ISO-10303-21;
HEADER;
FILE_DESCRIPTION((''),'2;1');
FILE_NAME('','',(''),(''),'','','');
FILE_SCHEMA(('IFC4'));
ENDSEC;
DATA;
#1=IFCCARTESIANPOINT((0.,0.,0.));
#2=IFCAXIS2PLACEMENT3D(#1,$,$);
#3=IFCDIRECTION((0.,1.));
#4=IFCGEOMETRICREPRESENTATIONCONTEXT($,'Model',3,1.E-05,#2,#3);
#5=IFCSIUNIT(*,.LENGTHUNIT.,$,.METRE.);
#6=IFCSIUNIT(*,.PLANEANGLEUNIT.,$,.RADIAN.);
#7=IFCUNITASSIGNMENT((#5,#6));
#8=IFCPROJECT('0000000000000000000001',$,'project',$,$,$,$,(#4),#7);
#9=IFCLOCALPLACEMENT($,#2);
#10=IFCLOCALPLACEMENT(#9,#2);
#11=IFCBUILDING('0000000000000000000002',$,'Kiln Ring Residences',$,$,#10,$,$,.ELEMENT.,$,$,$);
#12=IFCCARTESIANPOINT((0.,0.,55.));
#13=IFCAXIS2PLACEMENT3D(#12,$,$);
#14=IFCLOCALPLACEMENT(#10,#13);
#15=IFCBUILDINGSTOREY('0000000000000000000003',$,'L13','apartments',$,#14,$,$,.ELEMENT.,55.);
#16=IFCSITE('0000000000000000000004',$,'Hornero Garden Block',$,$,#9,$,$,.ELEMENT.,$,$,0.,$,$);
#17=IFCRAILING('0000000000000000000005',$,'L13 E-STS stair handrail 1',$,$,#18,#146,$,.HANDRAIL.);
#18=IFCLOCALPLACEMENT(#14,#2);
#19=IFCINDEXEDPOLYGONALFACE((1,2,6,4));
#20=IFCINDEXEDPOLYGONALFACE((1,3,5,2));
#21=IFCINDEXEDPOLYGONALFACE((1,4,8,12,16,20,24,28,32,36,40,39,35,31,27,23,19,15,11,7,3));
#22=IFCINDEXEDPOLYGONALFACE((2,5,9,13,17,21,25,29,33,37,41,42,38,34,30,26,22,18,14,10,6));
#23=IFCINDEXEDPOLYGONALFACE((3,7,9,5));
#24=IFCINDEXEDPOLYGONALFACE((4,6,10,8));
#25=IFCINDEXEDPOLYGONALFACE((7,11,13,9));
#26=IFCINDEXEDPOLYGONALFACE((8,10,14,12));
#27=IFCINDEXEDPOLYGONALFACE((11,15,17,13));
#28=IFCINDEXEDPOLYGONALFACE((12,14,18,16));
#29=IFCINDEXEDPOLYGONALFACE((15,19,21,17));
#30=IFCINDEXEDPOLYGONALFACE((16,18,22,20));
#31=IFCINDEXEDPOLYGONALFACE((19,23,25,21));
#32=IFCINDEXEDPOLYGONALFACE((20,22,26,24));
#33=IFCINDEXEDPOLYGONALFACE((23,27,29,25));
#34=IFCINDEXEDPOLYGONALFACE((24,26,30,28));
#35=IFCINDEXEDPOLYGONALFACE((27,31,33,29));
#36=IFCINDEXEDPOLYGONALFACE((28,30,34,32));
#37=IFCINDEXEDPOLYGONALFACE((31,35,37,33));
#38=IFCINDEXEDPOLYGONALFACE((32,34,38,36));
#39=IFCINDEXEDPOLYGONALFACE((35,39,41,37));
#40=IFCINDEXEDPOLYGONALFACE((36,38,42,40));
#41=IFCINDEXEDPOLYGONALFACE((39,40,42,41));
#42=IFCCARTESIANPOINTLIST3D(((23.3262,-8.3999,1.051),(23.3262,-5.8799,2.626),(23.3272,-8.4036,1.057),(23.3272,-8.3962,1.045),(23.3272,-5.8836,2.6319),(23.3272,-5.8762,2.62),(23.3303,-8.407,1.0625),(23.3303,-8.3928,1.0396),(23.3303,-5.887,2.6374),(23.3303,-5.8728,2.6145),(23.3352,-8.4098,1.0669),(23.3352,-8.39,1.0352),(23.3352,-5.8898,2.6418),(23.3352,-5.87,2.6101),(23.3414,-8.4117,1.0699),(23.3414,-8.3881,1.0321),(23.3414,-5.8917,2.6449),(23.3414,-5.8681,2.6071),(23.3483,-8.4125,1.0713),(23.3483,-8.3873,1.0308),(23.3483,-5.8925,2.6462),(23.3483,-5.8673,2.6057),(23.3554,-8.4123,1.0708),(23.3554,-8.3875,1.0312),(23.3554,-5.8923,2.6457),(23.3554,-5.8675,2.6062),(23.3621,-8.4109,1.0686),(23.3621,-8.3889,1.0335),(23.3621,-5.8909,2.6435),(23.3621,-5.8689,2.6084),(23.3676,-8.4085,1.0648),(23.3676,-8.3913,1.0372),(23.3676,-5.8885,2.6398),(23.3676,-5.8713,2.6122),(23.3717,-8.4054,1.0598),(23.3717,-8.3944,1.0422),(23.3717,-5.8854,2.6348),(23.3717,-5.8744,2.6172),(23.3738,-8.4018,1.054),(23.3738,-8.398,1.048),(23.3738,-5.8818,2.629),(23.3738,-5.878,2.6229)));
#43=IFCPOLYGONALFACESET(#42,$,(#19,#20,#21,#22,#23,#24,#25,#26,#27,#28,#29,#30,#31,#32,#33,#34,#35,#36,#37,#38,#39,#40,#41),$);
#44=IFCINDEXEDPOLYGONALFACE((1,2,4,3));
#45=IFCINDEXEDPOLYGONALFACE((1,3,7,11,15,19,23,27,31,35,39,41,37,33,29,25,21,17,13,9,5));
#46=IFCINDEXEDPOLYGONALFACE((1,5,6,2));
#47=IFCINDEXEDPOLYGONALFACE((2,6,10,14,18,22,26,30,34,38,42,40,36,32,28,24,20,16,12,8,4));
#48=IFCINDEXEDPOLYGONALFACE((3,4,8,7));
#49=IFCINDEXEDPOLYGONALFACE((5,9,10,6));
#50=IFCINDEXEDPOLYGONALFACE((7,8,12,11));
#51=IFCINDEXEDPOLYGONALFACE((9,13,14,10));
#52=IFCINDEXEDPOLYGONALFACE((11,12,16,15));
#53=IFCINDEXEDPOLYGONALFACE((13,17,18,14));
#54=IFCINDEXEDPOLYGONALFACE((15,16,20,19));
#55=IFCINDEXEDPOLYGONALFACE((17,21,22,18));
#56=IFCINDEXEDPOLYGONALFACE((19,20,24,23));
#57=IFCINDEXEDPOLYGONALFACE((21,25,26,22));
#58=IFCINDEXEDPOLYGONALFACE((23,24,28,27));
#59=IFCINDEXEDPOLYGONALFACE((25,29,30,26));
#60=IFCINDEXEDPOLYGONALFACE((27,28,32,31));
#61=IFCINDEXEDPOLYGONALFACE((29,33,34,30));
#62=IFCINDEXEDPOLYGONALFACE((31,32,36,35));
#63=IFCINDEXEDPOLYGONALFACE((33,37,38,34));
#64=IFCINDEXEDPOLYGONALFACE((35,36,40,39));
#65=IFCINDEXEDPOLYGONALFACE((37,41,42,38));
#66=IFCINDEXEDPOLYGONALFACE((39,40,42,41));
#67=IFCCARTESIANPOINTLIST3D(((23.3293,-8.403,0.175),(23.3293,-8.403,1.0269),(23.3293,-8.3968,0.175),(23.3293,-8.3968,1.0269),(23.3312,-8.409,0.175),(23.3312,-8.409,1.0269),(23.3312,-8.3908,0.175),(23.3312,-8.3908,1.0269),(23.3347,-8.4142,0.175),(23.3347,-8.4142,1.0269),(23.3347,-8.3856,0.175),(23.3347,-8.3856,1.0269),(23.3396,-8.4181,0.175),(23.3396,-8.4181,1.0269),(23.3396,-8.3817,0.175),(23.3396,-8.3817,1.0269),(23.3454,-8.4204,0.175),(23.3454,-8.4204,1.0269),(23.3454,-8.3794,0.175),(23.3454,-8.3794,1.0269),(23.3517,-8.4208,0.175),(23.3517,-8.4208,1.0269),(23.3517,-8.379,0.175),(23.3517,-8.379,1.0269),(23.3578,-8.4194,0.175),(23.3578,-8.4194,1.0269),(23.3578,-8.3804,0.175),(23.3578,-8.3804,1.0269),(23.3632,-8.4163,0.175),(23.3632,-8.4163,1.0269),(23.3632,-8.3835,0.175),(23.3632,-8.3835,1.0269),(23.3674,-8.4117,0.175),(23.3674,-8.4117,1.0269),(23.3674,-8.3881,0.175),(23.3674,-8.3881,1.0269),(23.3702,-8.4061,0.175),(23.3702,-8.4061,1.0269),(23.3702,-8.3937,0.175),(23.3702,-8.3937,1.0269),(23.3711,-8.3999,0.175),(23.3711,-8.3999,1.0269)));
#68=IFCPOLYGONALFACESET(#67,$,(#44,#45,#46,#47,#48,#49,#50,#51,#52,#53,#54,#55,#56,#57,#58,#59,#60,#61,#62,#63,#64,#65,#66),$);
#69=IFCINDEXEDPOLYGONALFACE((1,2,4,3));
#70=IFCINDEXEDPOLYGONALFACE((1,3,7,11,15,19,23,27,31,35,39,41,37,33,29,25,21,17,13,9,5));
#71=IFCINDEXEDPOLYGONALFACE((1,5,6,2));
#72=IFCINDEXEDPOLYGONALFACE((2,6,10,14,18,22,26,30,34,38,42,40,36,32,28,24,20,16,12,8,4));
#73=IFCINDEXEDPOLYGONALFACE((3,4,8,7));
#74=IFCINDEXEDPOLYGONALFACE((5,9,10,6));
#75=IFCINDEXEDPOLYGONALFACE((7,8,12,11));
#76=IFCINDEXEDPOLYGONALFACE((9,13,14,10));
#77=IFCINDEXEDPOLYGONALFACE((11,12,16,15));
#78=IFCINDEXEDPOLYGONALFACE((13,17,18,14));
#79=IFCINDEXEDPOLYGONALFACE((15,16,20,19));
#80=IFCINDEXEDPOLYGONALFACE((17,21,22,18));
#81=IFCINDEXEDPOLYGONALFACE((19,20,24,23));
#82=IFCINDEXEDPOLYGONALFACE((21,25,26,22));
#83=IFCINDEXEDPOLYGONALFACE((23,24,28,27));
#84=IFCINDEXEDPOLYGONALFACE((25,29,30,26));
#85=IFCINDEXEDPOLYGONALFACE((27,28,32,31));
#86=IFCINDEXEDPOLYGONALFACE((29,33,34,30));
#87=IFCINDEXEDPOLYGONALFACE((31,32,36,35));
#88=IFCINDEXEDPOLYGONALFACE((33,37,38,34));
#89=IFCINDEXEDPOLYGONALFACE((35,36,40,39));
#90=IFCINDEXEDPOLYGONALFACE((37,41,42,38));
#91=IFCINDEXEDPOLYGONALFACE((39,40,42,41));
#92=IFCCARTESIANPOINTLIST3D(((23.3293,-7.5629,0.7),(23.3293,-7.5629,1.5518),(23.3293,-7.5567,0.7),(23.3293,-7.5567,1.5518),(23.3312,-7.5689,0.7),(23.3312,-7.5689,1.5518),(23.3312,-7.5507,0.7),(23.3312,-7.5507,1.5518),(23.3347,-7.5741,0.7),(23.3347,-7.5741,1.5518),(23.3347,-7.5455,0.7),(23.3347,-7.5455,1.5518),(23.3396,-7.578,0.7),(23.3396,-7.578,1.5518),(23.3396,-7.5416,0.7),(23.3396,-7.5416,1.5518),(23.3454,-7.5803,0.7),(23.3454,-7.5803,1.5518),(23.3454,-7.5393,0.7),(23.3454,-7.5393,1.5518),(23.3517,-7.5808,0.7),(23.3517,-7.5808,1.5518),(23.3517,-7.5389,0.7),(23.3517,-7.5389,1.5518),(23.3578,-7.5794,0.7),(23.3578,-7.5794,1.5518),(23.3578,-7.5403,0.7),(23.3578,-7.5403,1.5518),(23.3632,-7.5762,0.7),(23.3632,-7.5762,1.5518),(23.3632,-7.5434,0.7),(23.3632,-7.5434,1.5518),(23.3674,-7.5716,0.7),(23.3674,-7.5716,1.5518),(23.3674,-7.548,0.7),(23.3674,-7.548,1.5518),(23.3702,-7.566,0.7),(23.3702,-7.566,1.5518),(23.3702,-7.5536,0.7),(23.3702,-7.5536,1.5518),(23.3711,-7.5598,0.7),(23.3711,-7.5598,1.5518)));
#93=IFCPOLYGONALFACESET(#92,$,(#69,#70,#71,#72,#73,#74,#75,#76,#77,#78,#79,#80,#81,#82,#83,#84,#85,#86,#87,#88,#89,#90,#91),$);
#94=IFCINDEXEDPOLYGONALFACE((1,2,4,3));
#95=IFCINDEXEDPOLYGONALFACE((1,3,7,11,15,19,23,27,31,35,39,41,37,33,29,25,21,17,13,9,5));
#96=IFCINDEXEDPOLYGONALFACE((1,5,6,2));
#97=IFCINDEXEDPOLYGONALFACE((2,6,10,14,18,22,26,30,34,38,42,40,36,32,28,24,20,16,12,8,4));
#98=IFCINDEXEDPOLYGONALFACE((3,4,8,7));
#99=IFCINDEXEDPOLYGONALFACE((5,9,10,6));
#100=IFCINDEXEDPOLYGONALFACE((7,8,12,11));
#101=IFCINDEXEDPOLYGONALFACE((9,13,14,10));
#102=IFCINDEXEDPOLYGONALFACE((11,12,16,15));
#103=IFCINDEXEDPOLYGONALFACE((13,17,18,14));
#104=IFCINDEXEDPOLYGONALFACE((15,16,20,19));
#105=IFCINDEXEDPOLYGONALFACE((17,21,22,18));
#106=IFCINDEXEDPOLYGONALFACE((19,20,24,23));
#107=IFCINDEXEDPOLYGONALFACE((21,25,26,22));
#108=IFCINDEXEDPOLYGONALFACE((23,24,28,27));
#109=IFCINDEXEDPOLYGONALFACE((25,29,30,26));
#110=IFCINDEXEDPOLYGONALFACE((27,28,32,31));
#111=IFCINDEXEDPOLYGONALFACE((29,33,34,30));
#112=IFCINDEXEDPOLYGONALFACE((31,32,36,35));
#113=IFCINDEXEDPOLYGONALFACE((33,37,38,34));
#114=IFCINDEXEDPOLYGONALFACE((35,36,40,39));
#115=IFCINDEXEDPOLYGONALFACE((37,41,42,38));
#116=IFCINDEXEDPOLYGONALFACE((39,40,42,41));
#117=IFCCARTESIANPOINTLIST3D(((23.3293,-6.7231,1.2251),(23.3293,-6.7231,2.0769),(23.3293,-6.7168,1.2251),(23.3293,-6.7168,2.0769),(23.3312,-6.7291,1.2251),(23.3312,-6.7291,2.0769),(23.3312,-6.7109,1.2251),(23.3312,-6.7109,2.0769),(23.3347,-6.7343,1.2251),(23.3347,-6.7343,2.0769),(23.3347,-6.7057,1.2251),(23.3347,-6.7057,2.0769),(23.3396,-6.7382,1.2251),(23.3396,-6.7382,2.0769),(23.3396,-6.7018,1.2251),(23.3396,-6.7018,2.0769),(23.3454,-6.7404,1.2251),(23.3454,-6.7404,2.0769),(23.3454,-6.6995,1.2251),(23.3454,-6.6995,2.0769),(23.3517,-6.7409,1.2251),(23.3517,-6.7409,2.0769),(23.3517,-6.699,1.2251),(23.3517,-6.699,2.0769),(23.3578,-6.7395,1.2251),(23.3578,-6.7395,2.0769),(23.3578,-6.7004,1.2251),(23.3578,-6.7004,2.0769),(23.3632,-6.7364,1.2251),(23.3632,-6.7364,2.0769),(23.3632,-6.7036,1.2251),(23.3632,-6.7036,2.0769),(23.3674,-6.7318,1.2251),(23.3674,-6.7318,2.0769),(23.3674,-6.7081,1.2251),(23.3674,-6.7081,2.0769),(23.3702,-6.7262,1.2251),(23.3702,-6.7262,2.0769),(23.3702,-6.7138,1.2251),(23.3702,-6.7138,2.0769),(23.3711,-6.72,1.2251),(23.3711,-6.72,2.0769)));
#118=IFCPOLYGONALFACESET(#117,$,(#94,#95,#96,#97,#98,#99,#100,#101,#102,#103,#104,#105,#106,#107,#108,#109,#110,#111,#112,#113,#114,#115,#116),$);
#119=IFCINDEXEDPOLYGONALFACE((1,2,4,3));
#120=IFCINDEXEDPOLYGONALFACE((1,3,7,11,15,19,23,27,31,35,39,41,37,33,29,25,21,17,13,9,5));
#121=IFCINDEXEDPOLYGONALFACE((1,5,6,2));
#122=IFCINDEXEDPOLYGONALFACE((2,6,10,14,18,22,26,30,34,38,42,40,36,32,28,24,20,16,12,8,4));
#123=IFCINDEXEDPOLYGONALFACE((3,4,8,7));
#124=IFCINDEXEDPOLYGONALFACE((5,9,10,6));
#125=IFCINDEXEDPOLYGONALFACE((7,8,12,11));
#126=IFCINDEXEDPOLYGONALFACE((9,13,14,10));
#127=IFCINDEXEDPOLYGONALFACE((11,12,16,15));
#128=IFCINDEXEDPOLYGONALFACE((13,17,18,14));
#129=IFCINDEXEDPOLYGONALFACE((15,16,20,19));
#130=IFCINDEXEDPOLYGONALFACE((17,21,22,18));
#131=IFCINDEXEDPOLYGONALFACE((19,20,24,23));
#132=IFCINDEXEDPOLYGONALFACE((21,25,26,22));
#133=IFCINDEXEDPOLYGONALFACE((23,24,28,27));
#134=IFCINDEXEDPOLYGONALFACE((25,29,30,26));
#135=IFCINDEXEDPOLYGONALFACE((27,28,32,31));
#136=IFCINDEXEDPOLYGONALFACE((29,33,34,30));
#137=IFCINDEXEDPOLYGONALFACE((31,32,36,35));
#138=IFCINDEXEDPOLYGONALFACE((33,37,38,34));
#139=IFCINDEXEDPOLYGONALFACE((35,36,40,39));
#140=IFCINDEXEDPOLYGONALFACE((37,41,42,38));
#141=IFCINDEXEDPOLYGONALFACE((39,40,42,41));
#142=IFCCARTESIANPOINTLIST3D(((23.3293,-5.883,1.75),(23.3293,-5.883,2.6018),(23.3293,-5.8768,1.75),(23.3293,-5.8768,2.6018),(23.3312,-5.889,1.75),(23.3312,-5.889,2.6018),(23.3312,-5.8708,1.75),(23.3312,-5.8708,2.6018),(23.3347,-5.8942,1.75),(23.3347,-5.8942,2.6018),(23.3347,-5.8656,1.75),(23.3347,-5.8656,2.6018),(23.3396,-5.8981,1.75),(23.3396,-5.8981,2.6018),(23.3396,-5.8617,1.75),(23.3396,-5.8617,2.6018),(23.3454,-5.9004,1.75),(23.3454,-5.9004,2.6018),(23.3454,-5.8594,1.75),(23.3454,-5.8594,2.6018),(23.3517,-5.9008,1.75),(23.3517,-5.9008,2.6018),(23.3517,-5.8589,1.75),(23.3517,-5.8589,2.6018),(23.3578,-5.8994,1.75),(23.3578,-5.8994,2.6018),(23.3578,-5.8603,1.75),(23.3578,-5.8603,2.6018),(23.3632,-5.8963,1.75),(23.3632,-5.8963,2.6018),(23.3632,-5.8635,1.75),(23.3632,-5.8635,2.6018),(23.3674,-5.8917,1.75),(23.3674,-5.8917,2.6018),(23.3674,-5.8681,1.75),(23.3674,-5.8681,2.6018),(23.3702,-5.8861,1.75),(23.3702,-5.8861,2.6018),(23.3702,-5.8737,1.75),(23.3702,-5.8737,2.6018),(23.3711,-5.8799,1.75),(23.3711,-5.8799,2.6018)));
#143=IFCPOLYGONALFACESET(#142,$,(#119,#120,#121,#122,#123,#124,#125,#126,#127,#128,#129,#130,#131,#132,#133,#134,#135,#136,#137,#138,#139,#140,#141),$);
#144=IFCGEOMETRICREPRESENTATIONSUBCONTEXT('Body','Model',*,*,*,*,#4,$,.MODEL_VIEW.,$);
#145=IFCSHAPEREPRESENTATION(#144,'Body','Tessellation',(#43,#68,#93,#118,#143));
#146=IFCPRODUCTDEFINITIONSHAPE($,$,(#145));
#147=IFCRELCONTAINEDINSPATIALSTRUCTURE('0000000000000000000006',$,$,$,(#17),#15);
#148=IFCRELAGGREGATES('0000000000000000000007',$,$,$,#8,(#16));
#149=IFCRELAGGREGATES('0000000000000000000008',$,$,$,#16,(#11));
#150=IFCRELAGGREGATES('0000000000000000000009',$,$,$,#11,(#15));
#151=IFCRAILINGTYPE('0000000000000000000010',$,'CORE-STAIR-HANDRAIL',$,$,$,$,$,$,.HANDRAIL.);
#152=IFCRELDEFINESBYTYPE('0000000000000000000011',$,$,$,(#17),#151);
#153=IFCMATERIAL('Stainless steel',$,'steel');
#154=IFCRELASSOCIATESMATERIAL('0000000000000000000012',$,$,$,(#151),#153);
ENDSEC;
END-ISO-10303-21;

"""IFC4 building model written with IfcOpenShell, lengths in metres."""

from ifc_helpers import new_model, si_unit, direction, frame, origin, origin_2d, place, context, subcontext, project, spatial, circle, extrude, material, type_object, element, save


model = new_model("IFC4")

# Units and contexts
model_context = context("Model", 3, precision=1e-05, world=origin(), true_north=direction((0.0, 1.0)))
body_context = subcontext(model_context, "Body", "Model", "MODEL_VIEW")
ifc_project = project(units=[si_unit("LENGTHUNIT", "METRE"), si_unit("PLANEANGLEUNIT", "RADIAN")], contexts=[model_context])

# Site, building, storey
site_placement = place(None, origin())
site = spatial("IfcSite", under=ifc_project, at=site_placement, Name="Hornero Garden Block", CompositionType="ELEMENT", RefElevation=0.0)
building_placement = place(site_placement, origin())
building = spatial("IfcBuilding", under=site, at=building_placement, Name="Kiln Ring Residences", CompositionType="ELEMENT")
storey_placement = place(building_placement, frame((0.0, 0.0, 55.0)))
storey = spatial("IfcBuildingStorey", under=building, at=storey_placement, Name="L13", Description="apartments", CompositionType="ELEMENT", Elevation=55.0)

# Railing
ifc_material_1 = material(Name="Stainless steel", Category="steel")
railing_type_1 = type_object("IfcRailingType", Name="CORE-STAIR-HANDRAIL", PredefinedType="HANDRAIL", material=ifc_material_1)
railing_1_placement = place(storey_placement, frame((23.3501, -8.3999, 0.175)))
element("IfcRailing", 1, at=railing_1_placement, inside=storey, type_object=railing_type_1, Name="L13 E-STS stair handrail 1", PredefinedType="HANDRAIL", context=body_context, shape_type="SweptSolid", body=[
    extrude(circle(Radius=0.0239, at=origin_2d()), frame((0.0, 0.0, 0.876), z_axis=(0.0, 0.848008, 0.529984), x_axis=(-1.0, 0.0, 0.0)), (0.0, 0.0, 1.0), 2.9717),
    extrude(circle(Radius=0.021, at=origin_2d()), origin(), (0.0, 0.0, 1.0), 0.8518),
    extrude(circle(Radius=0.021, at=origin_2d()), frame((0.0, 0.8401, 0.5249)), (0.0, 0.0, 1.0), 0.8518),
    extrude(circle(Radius=0.021, at=origin_2d()), frame((0.0, 1.6799, 1.05)), (0.0, 0.0, 1.0), 0.8518),
    extrude(circle(Radius=0.021, at=origin_2d()), frame((0.0, 2.52, 1.575)), (0.0, 0.0, 1.0), 0.8518),
])

save(model, "model.ifc")
